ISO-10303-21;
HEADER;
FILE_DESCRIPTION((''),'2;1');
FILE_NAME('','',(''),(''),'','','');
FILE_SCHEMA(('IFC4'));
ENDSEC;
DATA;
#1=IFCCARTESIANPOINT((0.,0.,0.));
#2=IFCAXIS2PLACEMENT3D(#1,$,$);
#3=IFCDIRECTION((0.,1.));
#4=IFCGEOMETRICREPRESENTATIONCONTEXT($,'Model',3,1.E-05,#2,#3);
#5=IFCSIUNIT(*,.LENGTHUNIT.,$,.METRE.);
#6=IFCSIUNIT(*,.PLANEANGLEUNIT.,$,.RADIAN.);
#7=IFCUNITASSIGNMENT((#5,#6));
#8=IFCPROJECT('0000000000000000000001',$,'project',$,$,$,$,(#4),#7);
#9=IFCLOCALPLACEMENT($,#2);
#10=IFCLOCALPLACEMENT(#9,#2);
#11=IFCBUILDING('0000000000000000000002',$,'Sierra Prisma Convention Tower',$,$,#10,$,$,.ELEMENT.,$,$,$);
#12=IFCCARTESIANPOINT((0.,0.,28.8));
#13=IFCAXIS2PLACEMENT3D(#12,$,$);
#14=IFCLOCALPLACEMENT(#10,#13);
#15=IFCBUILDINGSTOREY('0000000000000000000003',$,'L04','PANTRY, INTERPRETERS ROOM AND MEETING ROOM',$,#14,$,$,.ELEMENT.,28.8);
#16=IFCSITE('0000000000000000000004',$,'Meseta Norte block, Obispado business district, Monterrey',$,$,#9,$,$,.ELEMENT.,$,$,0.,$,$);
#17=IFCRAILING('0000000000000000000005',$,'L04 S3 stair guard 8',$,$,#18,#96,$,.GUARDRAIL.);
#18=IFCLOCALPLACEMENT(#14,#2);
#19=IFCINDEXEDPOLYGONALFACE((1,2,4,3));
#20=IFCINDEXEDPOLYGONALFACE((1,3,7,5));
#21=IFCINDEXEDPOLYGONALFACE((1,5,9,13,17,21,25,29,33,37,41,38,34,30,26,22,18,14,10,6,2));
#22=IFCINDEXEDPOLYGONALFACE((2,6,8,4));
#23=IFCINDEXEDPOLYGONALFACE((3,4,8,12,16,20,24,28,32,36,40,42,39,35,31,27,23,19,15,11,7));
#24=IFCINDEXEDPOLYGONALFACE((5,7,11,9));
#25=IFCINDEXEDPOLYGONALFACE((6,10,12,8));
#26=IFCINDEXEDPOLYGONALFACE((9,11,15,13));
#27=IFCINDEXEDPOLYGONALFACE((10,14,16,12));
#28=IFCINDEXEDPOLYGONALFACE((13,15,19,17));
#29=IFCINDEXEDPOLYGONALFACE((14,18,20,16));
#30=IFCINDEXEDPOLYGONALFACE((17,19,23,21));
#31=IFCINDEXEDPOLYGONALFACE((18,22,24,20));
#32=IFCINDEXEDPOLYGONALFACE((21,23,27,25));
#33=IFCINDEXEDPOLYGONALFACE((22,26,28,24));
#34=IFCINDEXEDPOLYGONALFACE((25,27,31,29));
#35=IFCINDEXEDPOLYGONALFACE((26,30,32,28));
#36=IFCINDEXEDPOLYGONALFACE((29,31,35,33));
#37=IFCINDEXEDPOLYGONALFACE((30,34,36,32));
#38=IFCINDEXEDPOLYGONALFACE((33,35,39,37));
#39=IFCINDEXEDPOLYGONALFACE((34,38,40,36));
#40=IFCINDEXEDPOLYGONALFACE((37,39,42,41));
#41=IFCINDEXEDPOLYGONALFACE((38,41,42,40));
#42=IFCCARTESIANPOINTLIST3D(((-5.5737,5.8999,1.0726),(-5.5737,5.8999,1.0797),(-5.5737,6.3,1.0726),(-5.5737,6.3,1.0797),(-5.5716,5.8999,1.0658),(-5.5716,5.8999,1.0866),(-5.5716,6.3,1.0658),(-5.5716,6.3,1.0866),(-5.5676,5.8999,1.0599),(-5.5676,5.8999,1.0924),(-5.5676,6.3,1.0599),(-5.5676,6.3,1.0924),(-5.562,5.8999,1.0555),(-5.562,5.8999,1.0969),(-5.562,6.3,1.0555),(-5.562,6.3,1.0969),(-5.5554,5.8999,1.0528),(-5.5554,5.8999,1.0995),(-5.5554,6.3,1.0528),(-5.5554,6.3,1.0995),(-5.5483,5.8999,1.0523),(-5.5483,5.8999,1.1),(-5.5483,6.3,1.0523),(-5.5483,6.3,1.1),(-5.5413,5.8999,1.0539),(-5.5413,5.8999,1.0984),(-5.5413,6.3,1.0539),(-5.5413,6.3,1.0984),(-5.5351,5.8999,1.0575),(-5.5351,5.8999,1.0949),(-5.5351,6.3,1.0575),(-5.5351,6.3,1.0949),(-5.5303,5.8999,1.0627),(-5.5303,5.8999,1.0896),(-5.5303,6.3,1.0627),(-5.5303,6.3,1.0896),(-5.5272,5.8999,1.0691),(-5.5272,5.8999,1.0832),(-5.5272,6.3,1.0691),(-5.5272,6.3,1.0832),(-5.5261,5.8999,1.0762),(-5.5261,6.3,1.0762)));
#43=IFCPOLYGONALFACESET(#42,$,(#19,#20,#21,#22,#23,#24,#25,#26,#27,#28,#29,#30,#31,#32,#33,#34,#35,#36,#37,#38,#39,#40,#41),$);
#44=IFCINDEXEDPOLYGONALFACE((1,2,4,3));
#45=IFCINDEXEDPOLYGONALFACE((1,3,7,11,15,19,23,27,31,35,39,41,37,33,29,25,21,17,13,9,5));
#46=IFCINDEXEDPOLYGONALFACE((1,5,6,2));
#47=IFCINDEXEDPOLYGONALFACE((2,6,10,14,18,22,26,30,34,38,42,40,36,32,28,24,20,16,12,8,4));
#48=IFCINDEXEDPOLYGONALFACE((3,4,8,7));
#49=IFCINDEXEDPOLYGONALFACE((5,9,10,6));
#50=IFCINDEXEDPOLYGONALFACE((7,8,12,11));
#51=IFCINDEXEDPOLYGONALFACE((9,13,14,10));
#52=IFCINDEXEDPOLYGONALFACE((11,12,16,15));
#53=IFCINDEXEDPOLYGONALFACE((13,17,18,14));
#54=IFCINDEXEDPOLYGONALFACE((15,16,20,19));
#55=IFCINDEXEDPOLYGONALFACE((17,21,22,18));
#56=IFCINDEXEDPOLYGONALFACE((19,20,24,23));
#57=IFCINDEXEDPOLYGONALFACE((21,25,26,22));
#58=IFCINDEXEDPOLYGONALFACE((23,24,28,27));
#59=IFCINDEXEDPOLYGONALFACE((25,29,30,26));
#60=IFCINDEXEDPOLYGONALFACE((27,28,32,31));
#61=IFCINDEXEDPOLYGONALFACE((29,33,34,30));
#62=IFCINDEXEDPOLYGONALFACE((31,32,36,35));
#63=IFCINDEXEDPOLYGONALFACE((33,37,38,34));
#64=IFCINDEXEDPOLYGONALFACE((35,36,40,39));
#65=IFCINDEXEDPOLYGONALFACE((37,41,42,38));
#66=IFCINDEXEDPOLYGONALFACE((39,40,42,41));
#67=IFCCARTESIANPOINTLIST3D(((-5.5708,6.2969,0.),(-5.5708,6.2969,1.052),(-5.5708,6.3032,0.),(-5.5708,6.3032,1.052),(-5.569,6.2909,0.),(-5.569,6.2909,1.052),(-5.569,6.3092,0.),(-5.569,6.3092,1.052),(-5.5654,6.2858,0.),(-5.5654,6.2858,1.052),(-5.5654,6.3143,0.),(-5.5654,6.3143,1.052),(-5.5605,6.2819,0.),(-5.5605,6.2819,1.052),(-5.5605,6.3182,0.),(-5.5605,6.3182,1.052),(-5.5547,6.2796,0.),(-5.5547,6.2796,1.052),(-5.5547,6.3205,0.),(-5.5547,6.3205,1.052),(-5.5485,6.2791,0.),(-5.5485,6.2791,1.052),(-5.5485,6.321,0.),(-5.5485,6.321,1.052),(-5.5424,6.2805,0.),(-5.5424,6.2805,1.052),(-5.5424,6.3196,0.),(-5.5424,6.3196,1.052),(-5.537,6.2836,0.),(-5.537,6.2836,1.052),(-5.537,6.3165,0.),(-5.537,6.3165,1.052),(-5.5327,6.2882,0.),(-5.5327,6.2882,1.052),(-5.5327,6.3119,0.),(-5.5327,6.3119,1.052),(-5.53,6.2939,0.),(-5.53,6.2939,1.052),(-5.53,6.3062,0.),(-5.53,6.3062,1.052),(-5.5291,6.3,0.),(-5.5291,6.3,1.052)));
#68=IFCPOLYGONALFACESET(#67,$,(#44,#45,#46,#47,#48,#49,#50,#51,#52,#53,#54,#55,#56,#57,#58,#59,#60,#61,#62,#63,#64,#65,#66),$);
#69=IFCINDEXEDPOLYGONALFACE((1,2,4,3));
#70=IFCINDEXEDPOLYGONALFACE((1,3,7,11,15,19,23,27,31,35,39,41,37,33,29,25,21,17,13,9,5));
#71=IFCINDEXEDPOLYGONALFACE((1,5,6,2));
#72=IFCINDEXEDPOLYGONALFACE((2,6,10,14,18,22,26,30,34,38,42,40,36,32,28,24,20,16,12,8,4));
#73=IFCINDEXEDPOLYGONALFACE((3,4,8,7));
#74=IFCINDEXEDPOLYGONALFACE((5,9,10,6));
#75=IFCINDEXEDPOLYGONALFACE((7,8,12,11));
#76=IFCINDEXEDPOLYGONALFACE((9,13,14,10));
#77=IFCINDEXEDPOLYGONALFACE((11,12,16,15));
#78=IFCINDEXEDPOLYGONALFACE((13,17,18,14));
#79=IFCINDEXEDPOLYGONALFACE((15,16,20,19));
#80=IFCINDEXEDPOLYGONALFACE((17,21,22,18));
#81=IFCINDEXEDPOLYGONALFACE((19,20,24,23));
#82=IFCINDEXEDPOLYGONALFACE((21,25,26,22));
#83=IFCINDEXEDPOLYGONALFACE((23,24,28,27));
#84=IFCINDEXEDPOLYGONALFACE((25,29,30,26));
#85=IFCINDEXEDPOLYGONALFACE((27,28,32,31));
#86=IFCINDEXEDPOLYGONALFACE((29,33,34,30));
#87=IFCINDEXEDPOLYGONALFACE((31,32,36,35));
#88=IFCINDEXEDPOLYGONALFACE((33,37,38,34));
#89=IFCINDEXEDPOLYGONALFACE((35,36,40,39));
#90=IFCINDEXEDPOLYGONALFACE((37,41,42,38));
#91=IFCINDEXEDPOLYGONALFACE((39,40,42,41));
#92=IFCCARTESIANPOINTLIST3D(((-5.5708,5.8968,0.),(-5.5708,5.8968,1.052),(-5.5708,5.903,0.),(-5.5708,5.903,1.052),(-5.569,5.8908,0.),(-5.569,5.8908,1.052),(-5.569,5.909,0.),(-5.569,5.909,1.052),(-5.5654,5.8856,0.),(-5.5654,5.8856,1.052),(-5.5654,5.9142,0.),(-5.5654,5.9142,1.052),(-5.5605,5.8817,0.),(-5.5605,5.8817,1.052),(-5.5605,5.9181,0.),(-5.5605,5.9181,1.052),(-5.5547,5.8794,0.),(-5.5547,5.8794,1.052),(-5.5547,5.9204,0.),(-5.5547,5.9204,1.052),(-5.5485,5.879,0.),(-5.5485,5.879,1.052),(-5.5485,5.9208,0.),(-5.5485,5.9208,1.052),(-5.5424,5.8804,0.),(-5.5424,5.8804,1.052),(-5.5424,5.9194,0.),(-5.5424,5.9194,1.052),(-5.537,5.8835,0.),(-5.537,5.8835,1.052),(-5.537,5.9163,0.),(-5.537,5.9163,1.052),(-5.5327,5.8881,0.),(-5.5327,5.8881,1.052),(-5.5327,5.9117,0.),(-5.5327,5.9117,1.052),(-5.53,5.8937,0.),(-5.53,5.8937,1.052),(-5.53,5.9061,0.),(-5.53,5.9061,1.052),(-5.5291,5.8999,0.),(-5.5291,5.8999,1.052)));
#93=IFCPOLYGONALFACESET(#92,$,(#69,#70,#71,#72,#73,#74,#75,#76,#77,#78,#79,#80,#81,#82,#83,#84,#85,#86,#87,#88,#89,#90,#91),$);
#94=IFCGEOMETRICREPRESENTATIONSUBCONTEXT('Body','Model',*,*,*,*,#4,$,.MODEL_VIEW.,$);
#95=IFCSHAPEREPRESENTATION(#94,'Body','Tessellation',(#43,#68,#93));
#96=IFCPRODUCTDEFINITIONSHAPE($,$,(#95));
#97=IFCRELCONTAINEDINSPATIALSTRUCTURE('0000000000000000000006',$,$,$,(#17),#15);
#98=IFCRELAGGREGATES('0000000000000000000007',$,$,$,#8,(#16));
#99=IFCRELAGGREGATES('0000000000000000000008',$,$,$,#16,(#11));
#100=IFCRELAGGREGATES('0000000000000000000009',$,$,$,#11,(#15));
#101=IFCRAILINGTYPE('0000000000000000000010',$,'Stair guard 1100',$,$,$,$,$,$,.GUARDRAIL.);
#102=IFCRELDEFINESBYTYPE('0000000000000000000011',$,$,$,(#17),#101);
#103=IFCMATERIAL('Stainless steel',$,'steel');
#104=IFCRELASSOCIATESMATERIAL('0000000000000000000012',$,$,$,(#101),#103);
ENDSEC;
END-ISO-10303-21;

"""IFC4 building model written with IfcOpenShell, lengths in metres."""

from ifc_helpers import new_model, si_unit, direction, frame, origin, origin_2d, place, context, subcontext, project, spatial, circle, extrude, material, type_object, element, save


model = new_model("IFC4")

# Units and contexts
model_context = context("Model", 3, precision=1e-05, world=origin(), true_north=direction((0.0, 1.0)))
body_context = subcontext(model_context, "Body", "Model", "MODEL_VIEW")
ifc_project = project(units=[si_unit("LENGTHUNIT", "METRE"), si_unit("PLANEANGLEUNIT", "RADIAN")], contexts=[model_context])

# Site, building, storey
site_placement = place(None, origin())
site = spatial("IfcSite", under=ifc_project, at=site_placement, Name="Meseta Norte block, Obispado business district, Monterrey", CompositionType="ELEMENT", RefElevation=0.0)
building_placement = place(site_placement, origin())
building = spatial("IfcBuilding", under=site, at=building_placement, Name="Sierra Prisma Convention Tower", CompositionType="ELEMENT")
storey_placement = place(building_placement, frame((0.0, 0.0, 28.8)))
storey = spatial("IfcBuildingStorey", under=building, at=storey_placement, Name="L04", Description="PANTRY, INTERPRETERS ROOM AND MEETING ROOM", CompositionType="ELEMENT", Elevation=28.8)

# Railing
ifc_material_1 = material(Name="Stainless steel", Category="steel")
railing_type = type_object("IfcRailingType", Name="Stair guard 1100", PredefinedType="GUARDRAIL", material=ifc_material_1)
railing_1_placement = place(storey_placement, frame((-5.55, 6.3, 0.0)))
element("IfcRailing", 1, at=railing_1_placement, inside=storey, type_object=railing_type, Name="L04 S3 stair guard 8", PredefinedType="GUARDRAIL", context=body_context, shape_type="SweptSolid", body=[
    extrude(circle(Radius=0.0239, at=origin_2d()), frame((0.0, 0.0, 1.0762), z_axis=(0.0, -1.0, 0.0), x_axis=(1.0, 0.0, 0.0)), (0.0, 0.0, 1.0), 0.4001),
    extrude(circle(Radius=0.021, at=origin_2d()), origin(), (0.0, 0.0, 1.0), 1.052),
    extrude(circle(Radius=0.021, at=origin_2d()), frame((0.0, -0.4001, 0.0)), (0.0, 0.0, 1.0), 1.052),
])

save(model, "model.ifc")
